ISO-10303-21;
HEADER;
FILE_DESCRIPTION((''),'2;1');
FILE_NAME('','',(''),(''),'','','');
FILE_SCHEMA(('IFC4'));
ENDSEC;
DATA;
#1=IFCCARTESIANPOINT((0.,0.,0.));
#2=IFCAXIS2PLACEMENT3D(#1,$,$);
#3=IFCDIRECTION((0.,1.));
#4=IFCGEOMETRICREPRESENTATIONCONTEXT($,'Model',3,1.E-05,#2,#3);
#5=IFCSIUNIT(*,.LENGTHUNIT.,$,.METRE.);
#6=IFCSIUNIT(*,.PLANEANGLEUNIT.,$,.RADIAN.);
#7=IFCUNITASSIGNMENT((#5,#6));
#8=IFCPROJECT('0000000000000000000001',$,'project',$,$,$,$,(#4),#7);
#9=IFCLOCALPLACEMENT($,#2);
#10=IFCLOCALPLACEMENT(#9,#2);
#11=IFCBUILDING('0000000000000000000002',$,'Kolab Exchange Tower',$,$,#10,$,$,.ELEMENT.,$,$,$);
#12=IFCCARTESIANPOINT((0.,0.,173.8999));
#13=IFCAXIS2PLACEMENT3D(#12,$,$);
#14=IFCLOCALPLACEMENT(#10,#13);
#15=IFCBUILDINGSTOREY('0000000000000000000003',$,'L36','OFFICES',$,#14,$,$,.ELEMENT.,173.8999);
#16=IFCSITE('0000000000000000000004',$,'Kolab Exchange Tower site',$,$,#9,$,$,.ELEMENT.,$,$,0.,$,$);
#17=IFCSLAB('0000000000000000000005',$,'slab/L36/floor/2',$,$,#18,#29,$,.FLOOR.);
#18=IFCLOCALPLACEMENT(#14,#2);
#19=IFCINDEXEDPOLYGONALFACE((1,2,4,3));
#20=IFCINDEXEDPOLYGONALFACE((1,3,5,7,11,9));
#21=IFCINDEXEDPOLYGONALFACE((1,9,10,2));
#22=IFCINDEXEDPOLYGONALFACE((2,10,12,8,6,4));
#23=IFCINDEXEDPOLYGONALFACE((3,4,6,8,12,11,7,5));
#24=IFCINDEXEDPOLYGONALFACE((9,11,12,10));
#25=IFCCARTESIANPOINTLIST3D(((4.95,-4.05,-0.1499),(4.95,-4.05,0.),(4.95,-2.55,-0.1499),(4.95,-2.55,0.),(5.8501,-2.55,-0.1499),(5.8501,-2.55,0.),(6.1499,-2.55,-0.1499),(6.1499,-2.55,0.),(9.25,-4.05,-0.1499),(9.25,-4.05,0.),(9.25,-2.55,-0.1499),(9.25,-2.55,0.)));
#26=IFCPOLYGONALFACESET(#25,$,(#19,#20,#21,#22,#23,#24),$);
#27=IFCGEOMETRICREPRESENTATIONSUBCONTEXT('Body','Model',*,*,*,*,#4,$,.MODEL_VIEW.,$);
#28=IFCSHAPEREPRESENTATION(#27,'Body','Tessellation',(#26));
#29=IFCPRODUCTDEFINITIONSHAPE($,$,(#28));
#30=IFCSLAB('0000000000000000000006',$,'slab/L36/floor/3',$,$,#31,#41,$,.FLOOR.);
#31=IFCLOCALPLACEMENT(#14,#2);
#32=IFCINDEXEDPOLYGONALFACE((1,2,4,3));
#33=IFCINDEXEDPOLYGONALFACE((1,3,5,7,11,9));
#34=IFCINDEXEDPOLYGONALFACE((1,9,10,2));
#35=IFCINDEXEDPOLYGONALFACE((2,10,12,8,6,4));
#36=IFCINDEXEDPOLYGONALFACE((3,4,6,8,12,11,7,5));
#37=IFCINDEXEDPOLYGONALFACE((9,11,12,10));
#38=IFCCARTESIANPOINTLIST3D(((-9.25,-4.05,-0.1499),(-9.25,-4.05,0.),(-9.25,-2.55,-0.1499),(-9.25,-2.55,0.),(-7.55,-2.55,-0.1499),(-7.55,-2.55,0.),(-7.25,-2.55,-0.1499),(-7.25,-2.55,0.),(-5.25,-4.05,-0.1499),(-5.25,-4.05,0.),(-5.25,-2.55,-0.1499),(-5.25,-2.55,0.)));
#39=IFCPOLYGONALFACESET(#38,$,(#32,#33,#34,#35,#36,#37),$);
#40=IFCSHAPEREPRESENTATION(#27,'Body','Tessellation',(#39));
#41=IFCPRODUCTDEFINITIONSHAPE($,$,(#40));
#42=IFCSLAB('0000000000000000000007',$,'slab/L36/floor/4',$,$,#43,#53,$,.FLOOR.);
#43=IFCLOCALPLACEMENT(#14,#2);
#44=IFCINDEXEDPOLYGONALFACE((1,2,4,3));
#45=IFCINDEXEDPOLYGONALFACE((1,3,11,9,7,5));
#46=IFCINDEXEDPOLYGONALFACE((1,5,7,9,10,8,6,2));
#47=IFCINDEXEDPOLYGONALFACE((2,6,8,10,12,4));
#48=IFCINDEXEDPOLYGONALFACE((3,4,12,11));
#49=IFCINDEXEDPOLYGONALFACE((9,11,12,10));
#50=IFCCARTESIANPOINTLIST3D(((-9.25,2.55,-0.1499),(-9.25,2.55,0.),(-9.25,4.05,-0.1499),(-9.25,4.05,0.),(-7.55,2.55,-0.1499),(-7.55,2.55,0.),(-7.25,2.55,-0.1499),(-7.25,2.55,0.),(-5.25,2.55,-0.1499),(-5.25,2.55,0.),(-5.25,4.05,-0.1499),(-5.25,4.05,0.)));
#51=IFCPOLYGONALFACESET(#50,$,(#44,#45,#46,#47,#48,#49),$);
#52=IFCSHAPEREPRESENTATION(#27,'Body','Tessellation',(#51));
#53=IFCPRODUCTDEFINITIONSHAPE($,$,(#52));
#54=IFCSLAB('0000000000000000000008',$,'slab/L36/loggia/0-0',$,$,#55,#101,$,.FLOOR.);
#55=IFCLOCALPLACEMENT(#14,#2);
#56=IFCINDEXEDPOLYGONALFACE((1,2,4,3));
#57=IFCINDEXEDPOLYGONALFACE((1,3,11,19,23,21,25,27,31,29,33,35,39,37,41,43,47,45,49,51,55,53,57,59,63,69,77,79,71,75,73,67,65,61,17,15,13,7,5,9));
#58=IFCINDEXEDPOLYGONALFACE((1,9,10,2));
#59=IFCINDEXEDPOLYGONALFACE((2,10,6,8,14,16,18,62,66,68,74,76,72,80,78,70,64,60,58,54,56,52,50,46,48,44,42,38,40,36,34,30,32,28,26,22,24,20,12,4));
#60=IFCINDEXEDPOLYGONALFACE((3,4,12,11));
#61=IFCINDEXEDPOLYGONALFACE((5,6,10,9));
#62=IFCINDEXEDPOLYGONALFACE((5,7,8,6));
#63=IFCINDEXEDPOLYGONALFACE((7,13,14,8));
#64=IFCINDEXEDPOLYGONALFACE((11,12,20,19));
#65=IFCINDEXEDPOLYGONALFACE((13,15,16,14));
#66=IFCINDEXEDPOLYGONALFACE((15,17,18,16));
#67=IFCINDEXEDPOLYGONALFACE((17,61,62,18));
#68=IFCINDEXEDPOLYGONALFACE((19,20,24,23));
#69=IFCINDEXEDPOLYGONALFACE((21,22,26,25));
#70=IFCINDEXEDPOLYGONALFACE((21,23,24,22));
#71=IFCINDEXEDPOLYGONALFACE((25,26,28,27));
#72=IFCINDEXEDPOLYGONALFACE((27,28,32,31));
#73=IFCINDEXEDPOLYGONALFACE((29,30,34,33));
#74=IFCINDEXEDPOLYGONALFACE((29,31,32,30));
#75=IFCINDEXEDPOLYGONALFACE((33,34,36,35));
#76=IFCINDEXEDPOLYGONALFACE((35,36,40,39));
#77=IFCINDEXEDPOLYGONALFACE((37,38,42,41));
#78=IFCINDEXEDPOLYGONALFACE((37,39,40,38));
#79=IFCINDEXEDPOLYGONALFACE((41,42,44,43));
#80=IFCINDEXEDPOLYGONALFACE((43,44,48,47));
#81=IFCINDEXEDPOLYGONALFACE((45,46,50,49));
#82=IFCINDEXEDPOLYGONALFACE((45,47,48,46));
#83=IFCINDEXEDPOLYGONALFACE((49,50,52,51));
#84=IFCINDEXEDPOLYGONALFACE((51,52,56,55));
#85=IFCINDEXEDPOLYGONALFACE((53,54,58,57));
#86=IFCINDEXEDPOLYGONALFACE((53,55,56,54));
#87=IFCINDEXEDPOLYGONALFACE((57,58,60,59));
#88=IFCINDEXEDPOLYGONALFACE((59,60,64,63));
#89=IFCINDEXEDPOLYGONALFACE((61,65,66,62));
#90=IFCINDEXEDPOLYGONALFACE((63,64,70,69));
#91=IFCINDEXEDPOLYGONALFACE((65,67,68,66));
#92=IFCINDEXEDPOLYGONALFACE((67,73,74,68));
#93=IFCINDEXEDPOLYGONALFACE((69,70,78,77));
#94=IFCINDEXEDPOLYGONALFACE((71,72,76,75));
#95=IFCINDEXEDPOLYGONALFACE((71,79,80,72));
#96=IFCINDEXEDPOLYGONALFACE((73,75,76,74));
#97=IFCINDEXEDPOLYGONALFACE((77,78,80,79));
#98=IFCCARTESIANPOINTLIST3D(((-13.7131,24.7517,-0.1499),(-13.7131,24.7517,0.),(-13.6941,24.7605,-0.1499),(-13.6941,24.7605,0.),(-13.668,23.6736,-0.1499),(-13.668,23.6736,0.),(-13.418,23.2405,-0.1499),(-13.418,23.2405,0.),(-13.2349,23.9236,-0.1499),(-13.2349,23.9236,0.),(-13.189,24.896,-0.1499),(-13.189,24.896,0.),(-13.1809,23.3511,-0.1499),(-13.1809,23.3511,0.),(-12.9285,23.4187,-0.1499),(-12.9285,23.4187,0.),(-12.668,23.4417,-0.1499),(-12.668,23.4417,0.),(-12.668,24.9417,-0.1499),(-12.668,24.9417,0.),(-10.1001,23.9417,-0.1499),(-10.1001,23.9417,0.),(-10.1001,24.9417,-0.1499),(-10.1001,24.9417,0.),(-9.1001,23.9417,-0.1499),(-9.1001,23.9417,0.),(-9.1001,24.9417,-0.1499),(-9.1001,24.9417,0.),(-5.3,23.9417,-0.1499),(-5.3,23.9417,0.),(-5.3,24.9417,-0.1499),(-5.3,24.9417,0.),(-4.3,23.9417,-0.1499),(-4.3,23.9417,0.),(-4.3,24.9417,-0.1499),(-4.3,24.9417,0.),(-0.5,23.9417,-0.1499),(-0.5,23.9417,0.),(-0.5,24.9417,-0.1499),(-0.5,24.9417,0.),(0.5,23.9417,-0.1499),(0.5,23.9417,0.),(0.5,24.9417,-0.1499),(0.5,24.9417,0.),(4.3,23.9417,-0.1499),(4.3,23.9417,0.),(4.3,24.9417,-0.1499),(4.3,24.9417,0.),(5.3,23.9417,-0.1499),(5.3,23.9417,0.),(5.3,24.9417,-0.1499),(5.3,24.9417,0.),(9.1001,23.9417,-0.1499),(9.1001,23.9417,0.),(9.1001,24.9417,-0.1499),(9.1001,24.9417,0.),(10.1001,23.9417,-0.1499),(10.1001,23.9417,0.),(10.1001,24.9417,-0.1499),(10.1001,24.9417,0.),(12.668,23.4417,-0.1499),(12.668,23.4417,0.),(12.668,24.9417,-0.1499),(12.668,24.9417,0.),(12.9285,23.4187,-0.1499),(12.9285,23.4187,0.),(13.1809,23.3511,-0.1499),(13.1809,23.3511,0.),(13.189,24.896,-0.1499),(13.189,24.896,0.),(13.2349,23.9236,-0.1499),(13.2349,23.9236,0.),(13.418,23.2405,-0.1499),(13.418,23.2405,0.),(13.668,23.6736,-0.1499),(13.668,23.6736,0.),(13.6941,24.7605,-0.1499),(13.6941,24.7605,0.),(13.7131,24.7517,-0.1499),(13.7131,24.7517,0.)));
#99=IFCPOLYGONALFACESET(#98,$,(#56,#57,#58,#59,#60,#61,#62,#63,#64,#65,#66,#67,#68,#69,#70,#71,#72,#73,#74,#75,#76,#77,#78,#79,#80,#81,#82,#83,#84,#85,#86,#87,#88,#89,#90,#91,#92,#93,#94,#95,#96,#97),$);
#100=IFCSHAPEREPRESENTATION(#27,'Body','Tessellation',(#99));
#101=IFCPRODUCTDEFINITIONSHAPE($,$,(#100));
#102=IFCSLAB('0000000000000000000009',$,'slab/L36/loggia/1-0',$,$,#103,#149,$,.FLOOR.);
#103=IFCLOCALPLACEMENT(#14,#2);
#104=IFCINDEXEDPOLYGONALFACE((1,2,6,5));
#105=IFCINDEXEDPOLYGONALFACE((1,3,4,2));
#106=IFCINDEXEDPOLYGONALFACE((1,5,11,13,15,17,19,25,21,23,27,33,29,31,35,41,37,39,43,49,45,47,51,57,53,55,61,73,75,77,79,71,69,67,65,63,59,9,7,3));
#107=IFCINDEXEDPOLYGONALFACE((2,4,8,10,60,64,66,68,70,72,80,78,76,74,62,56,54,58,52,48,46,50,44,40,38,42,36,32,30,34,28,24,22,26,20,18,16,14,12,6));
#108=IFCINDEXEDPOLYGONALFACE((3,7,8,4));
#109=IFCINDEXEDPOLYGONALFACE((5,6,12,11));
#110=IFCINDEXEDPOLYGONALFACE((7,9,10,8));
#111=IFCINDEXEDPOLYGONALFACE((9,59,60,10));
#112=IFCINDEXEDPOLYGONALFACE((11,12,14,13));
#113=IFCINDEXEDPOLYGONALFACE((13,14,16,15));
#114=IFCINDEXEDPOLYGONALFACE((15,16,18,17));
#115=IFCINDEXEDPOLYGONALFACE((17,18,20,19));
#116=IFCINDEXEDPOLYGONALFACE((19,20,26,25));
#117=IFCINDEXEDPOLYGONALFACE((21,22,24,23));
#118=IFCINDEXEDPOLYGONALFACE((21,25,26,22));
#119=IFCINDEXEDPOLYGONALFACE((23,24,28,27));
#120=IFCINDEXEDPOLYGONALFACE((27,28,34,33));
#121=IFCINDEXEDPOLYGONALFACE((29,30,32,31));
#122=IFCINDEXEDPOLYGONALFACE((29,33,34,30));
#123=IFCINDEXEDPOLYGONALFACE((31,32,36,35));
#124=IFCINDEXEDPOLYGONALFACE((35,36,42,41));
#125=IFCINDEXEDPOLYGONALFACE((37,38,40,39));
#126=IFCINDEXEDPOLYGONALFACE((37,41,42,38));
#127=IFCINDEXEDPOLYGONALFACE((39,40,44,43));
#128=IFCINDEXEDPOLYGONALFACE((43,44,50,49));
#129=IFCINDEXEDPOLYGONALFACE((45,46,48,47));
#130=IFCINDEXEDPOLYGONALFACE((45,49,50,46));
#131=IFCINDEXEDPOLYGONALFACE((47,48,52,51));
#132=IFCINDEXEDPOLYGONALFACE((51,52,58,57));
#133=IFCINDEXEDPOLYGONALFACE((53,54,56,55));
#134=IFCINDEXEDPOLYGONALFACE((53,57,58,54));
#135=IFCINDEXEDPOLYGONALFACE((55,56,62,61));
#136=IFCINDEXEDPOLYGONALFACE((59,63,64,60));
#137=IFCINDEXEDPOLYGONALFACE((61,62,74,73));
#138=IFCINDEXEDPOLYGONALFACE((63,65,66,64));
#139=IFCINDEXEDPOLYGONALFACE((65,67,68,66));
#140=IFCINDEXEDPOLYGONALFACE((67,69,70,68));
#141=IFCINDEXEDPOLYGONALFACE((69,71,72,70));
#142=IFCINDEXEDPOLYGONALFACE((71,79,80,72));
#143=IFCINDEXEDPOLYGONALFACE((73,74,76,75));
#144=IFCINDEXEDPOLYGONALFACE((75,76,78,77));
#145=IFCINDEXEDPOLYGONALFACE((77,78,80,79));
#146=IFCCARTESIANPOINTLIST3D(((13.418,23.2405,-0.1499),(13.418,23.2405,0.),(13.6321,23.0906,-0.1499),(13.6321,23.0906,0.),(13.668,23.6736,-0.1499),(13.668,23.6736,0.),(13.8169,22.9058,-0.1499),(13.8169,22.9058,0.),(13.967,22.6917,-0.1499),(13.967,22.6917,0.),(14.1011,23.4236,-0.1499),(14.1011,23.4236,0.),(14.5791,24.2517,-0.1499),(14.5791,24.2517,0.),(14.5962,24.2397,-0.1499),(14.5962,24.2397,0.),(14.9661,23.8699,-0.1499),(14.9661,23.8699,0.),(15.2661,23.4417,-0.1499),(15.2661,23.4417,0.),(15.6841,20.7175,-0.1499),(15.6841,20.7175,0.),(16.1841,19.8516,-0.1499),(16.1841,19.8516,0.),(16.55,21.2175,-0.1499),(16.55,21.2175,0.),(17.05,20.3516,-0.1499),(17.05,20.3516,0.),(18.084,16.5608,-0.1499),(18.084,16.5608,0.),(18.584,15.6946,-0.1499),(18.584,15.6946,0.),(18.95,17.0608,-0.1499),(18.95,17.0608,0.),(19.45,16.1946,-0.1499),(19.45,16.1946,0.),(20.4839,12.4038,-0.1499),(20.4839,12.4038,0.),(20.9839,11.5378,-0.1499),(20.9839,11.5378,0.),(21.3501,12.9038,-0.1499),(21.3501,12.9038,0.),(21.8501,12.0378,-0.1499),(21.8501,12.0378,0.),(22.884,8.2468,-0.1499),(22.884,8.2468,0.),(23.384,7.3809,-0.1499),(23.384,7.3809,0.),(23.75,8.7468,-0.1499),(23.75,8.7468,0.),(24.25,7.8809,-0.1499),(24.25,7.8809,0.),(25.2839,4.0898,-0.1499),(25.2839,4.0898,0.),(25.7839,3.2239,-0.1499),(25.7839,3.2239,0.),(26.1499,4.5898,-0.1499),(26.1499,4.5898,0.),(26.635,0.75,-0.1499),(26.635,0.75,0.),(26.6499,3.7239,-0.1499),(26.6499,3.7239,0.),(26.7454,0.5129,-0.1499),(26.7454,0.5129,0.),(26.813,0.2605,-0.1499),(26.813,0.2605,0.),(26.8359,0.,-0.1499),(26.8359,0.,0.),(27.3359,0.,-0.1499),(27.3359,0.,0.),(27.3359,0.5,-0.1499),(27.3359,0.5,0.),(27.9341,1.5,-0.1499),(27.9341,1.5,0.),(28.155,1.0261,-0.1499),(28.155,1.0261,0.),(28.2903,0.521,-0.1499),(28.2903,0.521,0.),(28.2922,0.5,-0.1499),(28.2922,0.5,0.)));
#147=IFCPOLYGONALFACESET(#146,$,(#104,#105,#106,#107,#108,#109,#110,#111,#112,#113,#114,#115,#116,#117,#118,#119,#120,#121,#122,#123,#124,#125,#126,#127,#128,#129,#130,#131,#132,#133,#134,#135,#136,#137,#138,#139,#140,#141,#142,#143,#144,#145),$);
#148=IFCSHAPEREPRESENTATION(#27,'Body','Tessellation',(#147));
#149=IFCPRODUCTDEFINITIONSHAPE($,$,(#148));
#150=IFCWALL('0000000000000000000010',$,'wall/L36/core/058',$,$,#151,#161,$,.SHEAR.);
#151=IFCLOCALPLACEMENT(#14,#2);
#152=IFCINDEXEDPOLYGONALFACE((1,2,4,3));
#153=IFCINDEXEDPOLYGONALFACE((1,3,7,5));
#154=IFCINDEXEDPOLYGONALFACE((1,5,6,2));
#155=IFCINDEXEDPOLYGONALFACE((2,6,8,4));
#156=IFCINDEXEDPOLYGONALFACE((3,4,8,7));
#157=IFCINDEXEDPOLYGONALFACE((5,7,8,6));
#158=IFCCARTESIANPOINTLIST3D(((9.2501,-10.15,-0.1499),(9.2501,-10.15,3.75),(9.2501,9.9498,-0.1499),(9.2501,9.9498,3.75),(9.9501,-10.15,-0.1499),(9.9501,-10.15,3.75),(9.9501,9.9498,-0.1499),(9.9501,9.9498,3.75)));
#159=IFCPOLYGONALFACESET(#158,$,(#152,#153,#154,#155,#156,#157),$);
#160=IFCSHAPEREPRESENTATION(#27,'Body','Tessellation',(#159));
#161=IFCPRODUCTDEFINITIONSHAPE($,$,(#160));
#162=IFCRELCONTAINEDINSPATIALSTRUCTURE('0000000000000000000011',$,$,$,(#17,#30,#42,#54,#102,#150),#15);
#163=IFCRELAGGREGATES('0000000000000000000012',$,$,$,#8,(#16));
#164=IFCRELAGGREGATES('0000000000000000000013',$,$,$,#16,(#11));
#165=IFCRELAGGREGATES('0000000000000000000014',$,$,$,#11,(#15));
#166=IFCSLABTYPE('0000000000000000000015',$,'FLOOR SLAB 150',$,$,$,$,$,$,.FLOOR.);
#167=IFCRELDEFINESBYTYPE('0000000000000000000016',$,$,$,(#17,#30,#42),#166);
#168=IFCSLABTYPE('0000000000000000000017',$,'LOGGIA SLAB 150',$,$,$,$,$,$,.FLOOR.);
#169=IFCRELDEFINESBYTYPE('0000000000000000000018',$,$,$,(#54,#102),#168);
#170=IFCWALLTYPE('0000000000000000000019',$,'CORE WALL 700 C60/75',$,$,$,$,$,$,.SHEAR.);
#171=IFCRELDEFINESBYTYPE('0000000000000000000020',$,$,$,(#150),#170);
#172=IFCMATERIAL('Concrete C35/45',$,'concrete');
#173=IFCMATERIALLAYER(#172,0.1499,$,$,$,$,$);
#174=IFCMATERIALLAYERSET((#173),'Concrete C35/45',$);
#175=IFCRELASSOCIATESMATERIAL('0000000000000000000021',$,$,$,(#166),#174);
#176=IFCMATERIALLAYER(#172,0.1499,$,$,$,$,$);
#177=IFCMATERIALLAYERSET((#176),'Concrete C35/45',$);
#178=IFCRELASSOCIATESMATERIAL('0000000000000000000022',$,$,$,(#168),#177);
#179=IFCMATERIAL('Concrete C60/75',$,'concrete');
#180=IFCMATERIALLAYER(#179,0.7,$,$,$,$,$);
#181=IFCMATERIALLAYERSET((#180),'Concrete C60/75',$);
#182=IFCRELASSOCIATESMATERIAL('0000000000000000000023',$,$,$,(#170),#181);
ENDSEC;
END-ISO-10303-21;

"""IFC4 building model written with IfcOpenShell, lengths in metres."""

from ifc_helpers import new_model, si_unit, direction, frame, frame_2d, origin, place, context, subcontext, project, spatial, polyline, rectangle, outline, extrude, material, layer, layer_set, type_object, element, save


model = new_model("IFC4")

# Units and contexts
model_context = context("Model", 3, precision=1e-05, world=origin(), true_north=direction((0.0, 1.0)))
body_context = subcontext(model_context, "Body", "Model", "MODEL_VIEW")
ifc_project = project(units=[si_unit("LENGTHUNIT", "METRE"), si_unit("PLANEANGLEUNIT", "RADIAN")], contexts=[model_context])

# Site, building, storey
site_placement = place(None, origin())
site = spatial("IfcSite", under=ifc_project, at=site_placement, Name="Kolab Exchange Tower site", CompositionType="ELEMENT", RefElevation=0.0)
building_placement = place(site_placement, origin())
building = spatial("IfcBuilding", under=site, at=building_placement, Name="Kolab Exchange Tower", CompositionType="ELEMENT")
storey_placement = place(building_placement, frame((0.0, 0.0, 173.8999)))
storey = spatial("IfcBuildingStorey", under=building, at=storey_placement, Name="L36", Description="OFFICES", CompositionType="ELEMENT", Elevation=173.8999)

# Slabs
ifc_material_1 = material(Name="Concrete C35/45", Category="concrete")
ifc_layer_1 = layer(ifc_material_1, 0.1499)
ifc_layer_set_1 = layer_set([ifc_layer_1], Name="Concrete C35/45")
slab_type_1 = type_object("IfcSlabType", Name="FLOOR SLAB 150", PredefinedType="FLOOR", material=ifc_layer_set_1)
slab_1_placement = place(storey_placement, frame((0.0, 0.0, -0.1499)))
element("IfcSlab", 1, at=slab_1_placement, inside=storey, type_object=slab_type_1, Name="slab/L36/floor/2", PredefinedType="FLOOR", context=body_context, shape_type="SweptSolid", body=[
    extrude(outline(polyline([(4.95, -4.05), (9.25, -4.05), (9.25, -2.55), (6.1499, -2.55), (5.8501, -2.55), (4.95, -2.55), (4.95, -4.05)])), origin(), (0.0, 0.0, 1.0), 0.1499),
])
slab_2_placement = place(storey_placement, frame((0.0, 0.0, -0.1499)))
element("IfcSlab", 2, at=slab_2_placement, inside=storey, type_object=slab_type_1, Name="slab/L36/floor/3", PredefinedType="FLOOR", context=body_context, shape_type="SweptSolid", body=[
    extrude(outline(polyline([(-7.55, -2.55), (-9.25, -2.55), (-9.25, -4.05), (-5.25, -4.05), (-5.25, -2.55), (-7.25, -2.55), (-7.55, -2.55)])), origin(), (0.0, 0.0, 1.0), 0.1499),
])
slab_3_placement = place(storey_placement, frame((0.0, 0.0, -0.1499)))
element("IfcSlab", 3, at=slab_3_placement, inside=storey, type_object=slab_type_1, Name="slab/L36/floor/4", PredefinedType="FLOOR", context=body_context, shape_type="SweptSolid", body=[
    extrude(outline(polyline([(-9.25, 2.55), (-7.55, 2.55), (-7.25, 2.55), (-5.25, 2.55), (-5.25, 4.05), (-9.25, 4.05), (-9.25, 2.55)])), origin(), (0.0, 0.0, 1.0), 0.1499),
])
ifc_layer_2 = layer(ifc_material_1, 0.1499)
ifc_layer_set_2 = layer_set([ifc_layer_2], Name="Concrete C35/45")
slab_type_2 = type_object("IfcSlabType", Name="LOGGIA SLAB 150", PredefinedType="FLOOR", material=ifc_layer_set_2)
slab_4_placement = place(storey_placement, frame((0.0, 0.0, -0.1499)))
element("IfcSlab", 4, at=slab_4_placement, inside=storey, type_object=slab_type_2, Name="slab/L36/loggia/0-0", PredefinedType="FLOOR", context=body_context, shape_type="SweptSolid", body=[
    extrude(outline(polyline([(13.418, 23.2405), (13.668, 23.6736), (13.2349, 23.9236), (13.7131, 24.7517), (13.6941, 24.7605), (13.189, 24.896), (12.668, 24.9417), (10.1001, 24.9417), (10.1001, 23.9417), (9.1001, 23.9417), (9.1001, 24.9417), (5.3, 24.9417), (5.3, 23.9417), (4.3, 23.9417), (4.3, 24.9417), (0.5, 24.9417), (0.5, 23.9417), (-0.5, 23.9417), (-0.5, 24.9417), (-4.3, 24.9417), (-4.3, 23.9417), (-5.3, 23.9417), (-5.3, 24.9417), (-9.1001, 24.9417), (-9.1001, 23.9417), (-10.1001, 23.9417), (-10.1001, 24.9417), (-12.668, 24.9417), (-13.189, 24.896), (-13.6941, 24.7605), (-13.7131, 24.7517), (-13.2349, 23.9236), (-13.668, 23.6736), (-13.418, 23.2405), (-13.1809, 23.3511), (-12.9285, 23.4187), (-12.668, 23.4417), (12.668, 23.4417), (12.9285, 23.4187), (13.1809, 23.3511), (13.418, 23.2405)])), origin(), (0.0, 0.0, 1.0), 0.1499),
])
slab_5_placement = place(storey_placement, frame((0.0, 0.0, -0.1499)))
element("IfcSlab", 5, at=slab_5_placement, inside=storey, type_object=slab_type_2, Name="slab/L36/loggia/1-0", PredefinedType="FLOOR", context=body_context, shape_type="SweptSolid", body=[
    extrude(outline(polyline([(26.8359, 0.0), (27.3359, 0.0), (27.3359, 0.5), (28.2922, 0.5), (28.2903, 0.521), (28.155, 1.0261), (27.9341, 1.5), (26.6499, 3.7239), (25.7839, 3.2239), (25.2839, 4.0898), (26.1499, 4.5898), (24.25, 7.8809), (23.384, 7.3809), (22.884, 8.2468), (23.75, 8.7468), (21.8501, 12.0378), (20.9839, 11.5378), (20.4839, 12.4038), (21.3501, 12.9038), (19.45, 16.1946), (18.584, 15.6946), (18.084, 16.5608), (18.95, 17.0608), (17.05, 20.3516), (16.1841, 19.8516), (15.6841, 20.7175), (16.55, 21.2175), (15.2661, 23.4417), (14.9661, 23.8699), (14.5962, 24.2397), (14.5791, 24.2517), (14.1011, 23.4236), (13.668, 23.6736), (13.418, 23.2405), (13.6321, 23.0906), (13.8169, 22.9058), (13.967, 22.6917), (26.635, 0.75), (26.7454, 0.5129), (26.813, 0.2605), (26.8359, 0.0)])), origin(), (0.0, 0.0, 1.0), 0.1499),
])

# Wall
ifc_material_2 = material(Name="Concrete C60/75", Category="concrete")
ifc_layer_3 = layer(ifc_material_2, 0.7)
ifc_layer_set_3 = layer_set([ifc_layer_3], Name="Concrete C60/75")
wall_type_1 = type_object("IfcWallType", Name="CORE WALL 700 C60/75", PredefinedType="SHEAR", material=ifc_layer_set_3)
wall_1_placement = place(storey_placement, frame((9.6001, -10.1499, -0.1499), z_axis=(0.0, 0.0, 1.0), x_axis=(0.0, 1.0, 0.0)))
element("IfcWall", 6, at=wall_1_placement, inside=storey, type_object=wall_type_1, Name="wall/L36/core/058", PredefinedType="SHEAR", context=body_context, shape_type="SweptSolid", body=[
    extrude(rectangle(XDim=20.0999, YDim=0.7, at=frame_2d((10.0498, 0.0))), origin(), (0.0, 0.0, 1.0), 3.8999),
])

save(model, "model.ifc")
